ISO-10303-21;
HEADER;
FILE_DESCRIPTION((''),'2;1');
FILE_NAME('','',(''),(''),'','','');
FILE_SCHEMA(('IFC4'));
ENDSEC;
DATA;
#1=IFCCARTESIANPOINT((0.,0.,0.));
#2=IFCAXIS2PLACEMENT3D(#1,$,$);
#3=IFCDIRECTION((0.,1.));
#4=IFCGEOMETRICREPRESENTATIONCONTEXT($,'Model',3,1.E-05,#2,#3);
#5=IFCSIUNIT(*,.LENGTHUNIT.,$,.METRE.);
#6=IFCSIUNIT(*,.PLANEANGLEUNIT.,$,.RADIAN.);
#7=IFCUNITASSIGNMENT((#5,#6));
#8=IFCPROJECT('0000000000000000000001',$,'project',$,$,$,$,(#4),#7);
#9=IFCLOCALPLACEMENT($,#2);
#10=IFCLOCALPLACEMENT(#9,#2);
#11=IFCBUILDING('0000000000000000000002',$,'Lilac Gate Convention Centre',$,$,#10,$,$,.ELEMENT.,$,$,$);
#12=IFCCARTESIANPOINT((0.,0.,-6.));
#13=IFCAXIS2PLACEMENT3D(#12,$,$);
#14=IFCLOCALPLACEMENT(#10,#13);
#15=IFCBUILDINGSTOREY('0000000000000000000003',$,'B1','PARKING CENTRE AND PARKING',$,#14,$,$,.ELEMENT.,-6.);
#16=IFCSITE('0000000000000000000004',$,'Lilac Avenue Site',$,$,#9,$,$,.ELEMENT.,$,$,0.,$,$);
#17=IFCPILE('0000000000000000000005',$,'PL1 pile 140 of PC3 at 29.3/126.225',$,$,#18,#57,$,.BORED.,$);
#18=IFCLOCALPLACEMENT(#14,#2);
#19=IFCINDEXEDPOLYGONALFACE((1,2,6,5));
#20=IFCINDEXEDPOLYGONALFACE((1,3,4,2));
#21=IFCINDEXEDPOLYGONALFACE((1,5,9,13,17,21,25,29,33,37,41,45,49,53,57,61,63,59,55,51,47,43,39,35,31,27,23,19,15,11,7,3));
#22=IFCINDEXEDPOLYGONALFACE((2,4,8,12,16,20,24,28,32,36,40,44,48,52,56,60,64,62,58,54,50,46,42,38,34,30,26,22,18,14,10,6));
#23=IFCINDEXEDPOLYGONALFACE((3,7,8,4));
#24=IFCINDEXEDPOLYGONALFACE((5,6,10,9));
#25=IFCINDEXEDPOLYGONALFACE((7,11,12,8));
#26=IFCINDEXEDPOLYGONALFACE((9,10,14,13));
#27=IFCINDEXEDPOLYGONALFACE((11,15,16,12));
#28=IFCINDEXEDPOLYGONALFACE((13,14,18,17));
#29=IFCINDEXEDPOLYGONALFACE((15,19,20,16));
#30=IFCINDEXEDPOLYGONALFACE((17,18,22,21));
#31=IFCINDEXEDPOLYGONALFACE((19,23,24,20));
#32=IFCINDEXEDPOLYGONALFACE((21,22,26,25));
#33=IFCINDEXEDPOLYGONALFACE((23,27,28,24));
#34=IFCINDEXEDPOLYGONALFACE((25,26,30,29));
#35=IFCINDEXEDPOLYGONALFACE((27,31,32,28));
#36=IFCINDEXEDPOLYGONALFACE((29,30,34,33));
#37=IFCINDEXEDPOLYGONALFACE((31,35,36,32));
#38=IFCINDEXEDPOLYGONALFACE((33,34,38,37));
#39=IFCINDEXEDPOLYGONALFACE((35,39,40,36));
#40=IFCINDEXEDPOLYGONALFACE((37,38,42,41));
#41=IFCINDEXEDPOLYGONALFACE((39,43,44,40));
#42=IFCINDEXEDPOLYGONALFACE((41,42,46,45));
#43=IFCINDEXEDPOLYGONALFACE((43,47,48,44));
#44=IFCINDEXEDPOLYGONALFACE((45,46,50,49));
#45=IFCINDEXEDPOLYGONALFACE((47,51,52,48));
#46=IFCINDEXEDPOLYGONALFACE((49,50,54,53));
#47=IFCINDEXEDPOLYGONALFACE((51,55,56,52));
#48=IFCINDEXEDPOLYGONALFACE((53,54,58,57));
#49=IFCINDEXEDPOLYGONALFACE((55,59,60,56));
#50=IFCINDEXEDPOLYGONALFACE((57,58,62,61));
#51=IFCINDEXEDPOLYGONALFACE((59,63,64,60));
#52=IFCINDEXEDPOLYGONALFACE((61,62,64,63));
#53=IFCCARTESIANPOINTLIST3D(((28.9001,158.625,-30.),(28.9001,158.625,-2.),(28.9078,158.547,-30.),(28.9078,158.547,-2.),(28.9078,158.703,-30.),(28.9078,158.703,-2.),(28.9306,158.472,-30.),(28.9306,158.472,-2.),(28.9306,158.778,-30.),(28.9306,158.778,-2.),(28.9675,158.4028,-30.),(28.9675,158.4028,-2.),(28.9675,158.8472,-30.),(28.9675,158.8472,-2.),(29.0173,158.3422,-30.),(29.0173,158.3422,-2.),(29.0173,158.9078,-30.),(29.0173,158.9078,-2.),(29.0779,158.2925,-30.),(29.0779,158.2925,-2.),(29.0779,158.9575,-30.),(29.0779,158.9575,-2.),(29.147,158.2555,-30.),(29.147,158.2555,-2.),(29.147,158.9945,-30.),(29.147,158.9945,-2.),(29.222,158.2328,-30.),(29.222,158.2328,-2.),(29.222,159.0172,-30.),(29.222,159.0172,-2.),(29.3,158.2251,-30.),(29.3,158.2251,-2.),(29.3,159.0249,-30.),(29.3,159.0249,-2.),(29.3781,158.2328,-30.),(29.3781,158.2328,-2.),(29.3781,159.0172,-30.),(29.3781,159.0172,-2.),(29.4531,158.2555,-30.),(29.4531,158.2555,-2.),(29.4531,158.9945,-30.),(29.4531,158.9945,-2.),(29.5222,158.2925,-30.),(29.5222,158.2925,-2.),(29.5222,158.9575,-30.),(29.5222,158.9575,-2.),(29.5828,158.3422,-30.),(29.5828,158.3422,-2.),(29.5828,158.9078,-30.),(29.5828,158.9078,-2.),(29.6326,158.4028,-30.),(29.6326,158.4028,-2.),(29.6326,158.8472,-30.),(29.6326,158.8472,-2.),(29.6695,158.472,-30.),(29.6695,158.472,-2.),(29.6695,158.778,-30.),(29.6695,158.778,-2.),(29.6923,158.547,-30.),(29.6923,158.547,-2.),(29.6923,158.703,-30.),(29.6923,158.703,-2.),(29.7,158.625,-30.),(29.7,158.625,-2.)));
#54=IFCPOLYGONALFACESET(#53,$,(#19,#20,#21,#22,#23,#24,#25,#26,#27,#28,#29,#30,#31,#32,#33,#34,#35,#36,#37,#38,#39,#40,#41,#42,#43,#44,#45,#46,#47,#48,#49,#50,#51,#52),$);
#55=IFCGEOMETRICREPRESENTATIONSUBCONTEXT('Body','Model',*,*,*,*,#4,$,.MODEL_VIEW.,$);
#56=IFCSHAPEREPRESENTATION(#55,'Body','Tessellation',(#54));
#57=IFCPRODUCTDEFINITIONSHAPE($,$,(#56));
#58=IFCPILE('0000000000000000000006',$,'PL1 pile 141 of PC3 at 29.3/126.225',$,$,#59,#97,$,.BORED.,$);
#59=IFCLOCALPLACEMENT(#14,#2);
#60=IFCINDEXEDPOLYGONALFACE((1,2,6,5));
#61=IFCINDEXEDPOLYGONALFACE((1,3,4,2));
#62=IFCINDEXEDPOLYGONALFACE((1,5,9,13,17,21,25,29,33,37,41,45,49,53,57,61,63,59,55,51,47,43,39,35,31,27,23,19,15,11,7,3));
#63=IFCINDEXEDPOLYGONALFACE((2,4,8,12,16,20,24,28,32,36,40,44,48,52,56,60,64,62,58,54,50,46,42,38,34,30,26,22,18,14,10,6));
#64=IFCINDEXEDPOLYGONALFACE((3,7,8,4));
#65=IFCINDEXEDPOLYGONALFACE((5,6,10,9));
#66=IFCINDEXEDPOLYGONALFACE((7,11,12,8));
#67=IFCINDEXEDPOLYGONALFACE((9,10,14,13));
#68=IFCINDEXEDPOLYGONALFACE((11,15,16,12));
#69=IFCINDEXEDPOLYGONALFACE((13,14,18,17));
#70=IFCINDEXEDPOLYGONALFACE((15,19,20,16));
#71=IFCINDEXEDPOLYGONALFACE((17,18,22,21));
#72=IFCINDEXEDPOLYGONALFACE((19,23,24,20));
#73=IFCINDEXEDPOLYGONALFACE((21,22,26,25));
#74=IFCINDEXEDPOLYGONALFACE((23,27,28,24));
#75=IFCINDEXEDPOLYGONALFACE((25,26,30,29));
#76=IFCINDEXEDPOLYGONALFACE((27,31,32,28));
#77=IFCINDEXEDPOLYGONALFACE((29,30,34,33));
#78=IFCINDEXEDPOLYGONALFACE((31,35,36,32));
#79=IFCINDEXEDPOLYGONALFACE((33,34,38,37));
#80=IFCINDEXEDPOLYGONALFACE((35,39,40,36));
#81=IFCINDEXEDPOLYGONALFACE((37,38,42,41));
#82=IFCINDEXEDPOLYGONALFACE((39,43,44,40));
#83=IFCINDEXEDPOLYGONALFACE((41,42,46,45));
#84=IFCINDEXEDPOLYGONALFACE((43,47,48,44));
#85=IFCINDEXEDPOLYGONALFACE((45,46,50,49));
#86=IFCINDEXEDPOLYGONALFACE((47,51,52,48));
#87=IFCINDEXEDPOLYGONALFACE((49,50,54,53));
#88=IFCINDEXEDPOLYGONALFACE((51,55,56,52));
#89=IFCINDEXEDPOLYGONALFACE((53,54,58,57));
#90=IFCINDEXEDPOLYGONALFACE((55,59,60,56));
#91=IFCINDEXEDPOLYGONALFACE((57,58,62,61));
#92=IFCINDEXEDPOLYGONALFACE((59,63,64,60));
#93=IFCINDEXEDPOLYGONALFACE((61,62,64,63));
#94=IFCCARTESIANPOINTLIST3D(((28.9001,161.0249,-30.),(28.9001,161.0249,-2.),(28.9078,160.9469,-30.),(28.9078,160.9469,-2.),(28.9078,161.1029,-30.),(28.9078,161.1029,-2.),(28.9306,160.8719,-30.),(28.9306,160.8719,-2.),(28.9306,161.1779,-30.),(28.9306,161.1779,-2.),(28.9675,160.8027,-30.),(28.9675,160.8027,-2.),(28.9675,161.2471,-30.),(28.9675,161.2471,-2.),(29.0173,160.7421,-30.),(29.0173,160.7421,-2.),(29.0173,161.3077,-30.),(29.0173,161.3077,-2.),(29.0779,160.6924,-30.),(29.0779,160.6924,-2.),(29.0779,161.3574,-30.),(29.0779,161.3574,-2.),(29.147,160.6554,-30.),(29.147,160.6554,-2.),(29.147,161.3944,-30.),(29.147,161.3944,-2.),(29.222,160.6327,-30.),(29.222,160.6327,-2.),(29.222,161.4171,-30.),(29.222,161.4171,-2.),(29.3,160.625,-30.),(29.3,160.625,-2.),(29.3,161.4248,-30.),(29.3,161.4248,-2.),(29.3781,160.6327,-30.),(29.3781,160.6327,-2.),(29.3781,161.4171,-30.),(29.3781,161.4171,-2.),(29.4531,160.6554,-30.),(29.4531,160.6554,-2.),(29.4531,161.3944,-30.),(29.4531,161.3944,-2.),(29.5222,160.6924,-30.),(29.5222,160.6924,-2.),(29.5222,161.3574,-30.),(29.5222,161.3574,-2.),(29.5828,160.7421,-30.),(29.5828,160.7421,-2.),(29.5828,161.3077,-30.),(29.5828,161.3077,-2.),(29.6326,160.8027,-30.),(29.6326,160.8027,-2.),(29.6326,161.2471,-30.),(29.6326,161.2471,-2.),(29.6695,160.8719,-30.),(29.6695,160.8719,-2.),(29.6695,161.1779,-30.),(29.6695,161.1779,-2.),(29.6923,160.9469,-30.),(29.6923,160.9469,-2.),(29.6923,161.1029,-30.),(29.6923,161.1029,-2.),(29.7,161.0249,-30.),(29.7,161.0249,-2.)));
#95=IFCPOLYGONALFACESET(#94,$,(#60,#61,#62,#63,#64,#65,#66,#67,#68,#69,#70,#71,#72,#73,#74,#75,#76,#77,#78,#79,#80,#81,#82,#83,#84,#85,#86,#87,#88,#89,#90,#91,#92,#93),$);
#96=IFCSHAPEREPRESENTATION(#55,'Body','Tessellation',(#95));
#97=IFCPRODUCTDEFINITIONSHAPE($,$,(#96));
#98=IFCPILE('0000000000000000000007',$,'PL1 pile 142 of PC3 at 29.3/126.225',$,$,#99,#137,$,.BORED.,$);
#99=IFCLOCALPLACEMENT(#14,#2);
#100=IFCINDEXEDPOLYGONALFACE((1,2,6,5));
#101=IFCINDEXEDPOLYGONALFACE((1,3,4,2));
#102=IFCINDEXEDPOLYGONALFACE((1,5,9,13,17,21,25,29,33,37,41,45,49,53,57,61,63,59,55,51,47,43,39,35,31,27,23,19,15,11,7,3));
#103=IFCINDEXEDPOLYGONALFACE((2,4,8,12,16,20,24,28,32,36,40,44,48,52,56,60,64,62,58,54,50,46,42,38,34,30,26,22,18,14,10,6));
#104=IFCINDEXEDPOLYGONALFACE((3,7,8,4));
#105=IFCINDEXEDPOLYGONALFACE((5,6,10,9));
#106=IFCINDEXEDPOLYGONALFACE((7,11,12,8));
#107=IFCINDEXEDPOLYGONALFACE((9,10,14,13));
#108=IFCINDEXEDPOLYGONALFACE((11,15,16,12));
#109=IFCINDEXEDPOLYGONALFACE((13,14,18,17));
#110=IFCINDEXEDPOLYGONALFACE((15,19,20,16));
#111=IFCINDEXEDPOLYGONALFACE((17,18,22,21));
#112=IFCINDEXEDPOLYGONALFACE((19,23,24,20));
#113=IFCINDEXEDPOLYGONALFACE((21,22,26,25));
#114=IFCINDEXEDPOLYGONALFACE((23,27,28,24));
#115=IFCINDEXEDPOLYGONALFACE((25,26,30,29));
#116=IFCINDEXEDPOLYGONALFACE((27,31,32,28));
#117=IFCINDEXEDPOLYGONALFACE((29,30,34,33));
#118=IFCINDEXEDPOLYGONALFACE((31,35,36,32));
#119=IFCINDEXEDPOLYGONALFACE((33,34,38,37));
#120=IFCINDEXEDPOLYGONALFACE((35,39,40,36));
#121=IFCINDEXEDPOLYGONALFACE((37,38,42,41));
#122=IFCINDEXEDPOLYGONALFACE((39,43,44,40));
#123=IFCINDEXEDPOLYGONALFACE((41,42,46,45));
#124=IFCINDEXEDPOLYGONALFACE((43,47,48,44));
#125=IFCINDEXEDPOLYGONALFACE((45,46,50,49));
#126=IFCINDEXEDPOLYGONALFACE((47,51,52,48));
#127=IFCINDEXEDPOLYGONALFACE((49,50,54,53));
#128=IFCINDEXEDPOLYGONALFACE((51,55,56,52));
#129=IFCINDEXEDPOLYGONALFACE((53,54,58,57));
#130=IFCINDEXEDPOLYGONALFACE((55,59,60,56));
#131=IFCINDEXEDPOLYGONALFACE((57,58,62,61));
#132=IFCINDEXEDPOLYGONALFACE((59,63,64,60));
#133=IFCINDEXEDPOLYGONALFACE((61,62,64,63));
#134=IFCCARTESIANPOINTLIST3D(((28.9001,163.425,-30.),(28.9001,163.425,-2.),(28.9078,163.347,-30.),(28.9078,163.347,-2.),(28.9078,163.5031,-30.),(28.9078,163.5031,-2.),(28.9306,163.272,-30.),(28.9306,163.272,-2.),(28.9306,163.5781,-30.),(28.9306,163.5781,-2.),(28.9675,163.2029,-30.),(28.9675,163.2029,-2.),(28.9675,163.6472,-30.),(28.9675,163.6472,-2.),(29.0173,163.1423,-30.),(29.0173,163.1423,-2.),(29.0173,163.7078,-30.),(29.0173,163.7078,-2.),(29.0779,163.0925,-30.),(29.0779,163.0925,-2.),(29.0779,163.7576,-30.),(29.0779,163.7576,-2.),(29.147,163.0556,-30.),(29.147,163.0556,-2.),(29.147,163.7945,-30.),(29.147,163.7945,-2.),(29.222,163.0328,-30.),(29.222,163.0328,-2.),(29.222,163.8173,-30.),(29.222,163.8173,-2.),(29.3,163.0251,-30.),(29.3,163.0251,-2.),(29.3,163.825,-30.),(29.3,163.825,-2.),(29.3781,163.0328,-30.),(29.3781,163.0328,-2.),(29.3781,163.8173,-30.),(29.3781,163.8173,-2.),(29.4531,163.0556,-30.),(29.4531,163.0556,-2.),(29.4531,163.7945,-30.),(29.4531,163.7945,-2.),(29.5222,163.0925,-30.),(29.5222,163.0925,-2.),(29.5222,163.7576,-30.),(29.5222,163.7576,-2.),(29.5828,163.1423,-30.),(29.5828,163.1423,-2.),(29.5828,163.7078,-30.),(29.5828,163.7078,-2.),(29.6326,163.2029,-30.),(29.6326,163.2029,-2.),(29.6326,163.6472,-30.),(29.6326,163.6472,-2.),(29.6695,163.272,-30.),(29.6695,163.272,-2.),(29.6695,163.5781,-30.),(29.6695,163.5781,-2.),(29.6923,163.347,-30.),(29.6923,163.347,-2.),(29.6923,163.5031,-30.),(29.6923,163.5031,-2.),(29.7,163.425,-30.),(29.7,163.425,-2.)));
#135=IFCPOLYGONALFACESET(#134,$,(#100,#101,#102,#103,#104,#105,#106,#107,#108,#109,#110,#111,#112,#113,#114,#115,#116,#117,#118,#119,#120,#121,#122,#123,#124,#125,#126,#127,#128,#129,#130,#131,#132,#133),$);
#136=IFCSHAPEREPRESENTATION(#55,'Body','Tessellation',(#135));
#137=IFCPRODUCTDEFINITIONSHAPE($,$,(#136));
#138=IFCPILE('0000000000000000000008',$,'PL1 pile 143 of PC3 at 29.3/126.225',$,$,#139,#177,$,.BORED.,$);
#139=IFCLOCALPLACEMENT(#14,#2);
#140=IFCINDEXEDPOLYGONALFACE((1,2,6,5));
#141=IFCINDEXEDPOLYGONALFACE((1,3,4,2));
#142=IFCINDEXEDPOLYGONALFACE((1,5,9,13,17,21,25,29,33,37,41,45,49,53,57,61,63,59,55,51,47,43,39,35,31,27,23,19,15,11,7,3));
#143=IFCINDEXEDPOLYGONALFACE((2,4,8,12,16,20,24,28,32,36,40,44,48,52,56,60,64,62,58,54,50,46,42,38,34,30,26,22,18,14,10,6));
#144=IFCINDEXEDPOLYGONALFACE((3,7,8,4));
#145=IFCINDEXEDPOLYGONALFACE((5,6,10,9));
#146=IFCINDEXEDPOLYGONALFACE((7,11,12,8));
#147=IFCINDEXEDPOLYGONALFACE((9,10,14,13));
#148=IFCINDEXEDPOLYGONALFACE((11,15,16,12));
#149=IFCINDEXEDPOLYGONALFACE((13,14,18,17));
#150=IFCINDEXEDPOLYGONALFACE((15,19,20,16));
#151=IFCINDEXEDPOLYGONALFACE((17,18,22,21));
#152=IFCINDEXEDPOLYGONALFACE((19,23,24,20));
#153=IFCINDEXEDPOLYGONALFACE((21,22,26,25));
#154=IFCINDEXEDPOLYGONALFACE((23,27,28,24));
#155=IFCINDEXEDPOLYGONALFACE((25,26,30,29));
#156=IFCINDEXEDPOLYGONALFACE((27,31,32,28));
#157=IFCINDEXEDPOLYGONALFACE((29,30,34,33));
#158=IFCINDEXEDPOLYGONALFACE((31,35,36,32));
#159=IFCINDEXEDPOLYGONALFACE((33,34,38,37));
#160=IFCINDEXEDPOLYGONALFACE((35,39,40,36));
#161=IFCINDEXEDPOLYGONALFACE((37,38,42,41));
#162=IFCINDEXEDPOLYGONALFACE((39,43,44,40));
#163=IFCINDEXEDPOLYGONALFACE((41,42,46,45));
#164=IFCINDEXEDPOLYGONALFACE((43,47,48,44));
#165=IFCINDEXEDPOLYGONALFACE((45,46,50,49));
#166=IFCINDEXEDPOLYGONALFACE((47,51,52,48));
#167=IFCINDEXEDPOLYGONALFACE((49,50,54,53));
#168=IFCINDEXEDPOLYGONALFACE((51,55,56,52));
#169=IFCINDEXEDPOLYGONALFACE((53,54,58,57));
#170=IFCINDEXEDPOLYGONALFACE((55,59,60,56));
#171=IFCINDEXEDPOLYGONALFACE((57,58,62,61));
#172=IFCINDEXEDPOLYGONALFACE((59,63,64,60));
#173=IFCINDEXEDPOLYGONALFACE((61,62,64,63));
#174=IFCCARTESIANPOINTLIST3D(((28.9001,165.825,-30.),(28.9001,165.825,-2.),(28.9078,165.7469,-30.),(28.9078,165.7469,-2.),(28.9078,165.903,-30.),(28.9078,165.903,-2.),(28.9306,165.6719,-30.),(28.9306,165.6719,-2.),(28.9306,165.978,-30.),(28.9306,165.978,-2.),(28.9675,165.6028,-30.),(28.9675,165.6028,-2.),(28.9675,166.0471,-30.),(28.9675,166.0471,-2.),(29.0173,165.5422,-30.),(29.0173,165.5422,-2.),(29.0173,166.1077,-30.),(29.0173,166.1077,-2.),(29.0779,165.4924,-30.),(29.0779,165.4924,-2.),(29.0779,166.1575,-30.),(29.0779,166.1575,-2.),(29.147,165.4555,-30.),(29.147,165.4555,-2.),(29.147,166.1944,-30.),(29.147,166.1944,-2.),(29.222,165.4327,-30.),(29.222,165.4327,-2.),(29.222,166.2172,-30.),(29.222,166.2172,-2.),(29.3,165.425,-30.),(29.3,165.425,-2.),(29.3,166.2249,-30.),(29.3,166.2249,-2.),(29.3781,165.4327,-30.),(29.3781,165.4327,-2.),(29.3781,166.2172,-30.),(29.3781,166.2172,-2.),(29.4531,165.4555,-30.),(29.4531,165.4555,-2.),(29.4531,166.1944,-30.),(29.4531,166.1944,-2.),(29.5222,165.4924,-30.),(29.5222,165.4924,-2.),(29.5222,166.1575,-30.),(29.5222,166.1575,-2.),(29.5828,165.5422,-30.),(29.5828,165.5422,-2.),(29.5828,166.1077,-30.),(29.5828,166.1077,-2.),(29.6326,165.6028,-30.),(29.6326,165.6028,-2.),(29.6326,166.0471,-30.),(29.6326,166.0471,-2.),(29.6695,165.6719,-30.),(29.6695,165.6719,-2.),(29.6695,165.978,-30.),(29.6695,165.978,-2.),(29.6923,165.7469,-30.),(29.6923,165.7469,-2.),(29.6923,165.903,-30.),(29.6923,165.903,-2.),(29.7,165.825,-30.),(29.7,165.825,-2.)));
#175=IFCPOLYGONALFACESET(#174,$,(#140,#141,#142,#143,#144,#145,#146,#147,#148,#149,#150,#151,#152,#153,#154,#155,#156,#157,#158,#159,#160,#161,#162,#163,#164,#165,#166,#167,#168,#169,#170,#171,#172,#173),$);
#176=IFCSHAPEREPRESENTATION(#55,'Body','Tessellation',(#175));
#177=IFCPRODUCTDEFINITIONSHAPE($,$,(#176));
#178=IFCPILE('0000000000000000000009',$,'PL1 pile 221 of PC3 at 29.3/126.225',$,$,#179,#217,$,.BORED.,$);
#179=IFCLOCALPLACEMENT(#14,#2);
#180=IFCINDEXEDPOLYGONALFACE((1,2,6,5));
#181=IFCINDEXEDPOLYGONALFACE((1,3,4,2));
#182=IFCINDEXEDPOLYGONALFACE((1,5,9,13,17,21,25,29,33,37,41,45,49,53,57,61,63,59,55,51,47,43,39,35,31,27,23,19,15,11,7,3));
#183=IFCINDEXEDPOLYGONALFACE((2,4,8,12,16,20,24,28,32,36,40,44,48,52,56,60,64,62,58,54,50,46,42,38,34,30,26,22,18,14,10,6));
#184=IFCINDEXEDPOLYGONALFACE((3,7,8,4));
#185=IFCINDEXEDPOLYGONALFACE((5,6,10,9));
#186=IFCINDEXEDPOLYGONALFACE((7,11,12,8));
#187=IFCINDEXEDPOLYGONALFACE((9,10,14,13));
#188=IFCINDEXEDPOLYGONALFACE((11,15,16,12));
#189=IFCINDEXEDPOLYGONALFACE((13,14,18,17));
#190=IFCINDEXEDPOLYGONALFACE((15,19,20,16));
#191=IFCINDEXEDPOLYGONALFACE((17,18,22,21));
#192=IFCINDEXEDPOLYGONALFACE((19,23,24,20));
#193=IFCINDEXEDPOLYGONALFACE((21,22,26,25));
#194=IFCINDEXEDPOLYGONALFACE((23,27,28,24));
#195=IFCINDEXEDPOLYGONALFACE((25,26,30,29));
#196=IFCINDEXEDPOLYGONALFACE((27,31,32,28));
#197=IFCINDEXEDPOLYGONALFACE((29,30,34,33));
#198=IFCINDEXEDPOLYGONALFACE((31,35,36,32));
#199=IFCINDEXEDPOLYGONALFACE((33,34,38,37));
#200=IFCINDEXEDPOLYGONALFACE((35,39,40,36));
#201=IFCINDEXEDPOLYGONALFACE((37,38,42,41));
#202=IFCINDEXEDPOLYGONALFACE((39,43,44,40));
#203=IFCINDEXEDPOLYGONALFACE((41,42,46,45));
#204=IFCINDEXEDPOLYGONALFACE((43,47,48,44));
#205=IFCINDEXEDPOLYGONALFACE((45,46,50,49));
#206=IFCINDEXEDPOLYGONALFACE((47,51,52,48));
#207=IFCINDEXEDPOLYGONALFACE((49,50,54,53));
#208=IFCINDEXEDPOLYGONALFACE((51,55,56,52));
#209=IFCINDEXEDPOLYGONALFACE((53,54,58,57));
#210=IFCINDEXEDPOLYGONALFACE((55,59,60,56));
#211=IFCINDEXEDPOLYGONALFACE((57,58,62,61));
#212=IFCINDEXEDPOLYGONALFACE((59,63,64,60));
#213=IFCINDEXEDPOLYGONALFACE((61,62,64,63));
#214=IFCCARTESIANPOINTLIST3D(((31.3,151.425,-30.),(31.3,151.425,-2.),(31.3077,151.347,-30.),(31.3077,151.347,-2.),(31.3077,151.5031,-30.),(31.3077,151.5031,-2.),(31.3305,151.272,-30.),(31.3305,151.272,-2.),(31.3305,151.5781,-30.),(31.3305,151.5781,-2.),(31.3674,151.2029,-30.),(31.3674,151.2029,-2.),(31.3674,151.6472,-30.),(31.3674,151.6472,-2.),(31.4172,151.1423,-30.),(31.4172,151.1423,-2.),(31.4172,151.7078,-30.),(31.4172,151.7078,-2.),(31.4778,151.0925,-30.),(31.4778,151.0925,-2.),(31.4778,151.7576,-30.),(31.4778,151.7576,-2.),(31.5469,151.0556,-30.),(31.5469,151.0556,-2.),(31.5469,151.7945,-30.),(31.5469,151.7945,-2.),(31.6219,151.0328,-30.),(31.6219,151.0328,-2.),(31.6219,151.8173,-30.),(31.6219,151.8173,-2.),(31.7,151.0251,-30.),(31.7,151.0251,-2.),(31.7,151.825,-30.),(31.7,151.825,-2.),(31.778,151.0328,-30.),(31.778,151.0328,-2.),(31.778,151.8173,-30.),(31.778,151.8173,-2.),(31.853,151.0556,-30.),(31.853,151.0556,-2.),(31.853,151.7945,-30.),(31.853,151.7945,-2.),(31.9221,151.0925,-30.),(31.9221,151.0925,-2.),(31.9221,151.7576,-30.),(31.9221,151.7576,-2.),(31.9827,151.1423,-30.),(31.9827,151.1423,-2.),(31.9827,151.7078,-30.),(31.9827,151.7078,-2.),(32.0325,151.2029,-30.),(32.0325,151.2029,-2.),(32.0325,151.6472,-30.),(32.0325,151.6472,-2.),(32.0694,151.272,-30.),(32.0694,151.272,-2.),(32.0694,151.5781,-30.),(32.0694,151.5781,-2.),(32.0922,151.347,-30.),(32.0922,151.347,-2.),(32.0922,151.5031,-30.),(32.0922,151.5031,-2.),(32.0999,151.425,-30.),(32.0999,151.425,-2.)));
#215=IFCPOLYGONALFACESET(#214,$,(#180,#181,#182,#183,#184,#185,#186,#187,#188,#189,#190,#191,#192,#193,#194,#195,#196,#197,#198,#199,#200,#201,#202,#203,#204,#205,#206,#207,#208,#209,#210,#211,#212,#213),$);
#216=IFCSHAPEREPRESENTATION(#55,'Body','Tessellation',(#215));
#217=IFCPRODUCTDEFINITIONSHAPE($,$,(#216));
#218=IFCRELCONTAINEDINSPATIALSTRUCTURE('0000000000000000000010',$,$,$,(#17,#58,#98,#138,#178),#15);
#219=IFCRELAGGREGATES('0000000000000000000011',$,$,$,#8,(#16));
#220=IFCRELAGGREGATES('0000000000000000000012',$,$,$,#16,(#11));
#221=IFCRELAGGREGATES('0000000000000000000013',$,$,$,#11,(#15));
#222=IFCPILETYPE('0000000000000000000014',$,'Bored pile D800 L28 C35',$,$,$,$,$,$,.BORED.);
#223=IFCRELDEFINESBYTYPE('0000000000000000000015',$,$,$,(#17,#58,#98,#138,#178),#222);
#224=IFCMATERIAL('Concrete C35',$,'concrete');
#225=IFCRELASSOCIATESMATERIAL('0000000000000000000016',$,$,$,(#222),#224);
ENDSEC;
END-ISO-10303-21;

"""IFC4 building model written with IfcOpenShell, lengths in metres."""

from ifc_helpers import new_model, si_unit, direction, frame, origin, origin_2d, place, context, subcontext, project, spatial, circle, extrude, material, material_profile, profile_set, type_object, element, save


model = new_model("IFC4")

# Units and contexts
model_context = context("Model", 3, precision=1e-05, world=origin(), true_north=direction((0.0, 1.0)))
body_context = subcontext(model_context, "Body", "Model", "MODEL_VIEW")
ifc_project = project(units=[si_unit("LENGTHUNIT", "METRE"), si_unit("PLANEANGLEUNIT", "RADIAN")], contexts=[model_context])

# Site, building, storey
site_placement = place(None, origin())
site = spatial("IfcSite", under=ifc_project, at=site_placement, Name="Lilac Avenue Site", CompositionType="ELEMENT", RefElevation=0.0)
building_placement = place(site_placement, origin())
building = spatial("IfcBuilding", under=site, at=building_placement, Name="Lilac Gate Convention Centre", CompositionType="ELEMENT")
storey_placement = place(building_placement, frame((0.0, 0.0, -6.0)))
storey = spatial("IfcBuildingStorey", under=building, at=storey_placement, Name="B1", Description="PARKING CENTRE AND PARKING", CompositionType="ELEMENT", Elevation=-6.0)

# Piles
ifc_material_1 = material(Name="Concrete C35", Category="concrete")
ifc_material_profile_1 = material_profile(ifc_material_1, circle(Radius=0.3999, at=origin_2d()), Name="D800")
ifc_profile_set_1 = profile_set([ifc_material_profile_1], Name="Concrete C35")
pile_type = type_object("IfcPileType", Name="Bored pile D800 L28 C35", PredefinedType="BORED", material=ifc_profile_set_1)
for number, where, z_axis, x_axis, name in (
    (1, (29.3, 158.625, -2.0), (0.0, 0.0, -1.0), (1.0, 0.0, 0.0), "PL1 pile 140 of PC3 at 29.3/126.225"),
    (2, (29.3, 161.0249, -2.0), (0.0, 0.0, -1.0), (1.0, 0.0, 0.0), "PL1 pile 141 of PC3 at 29.3/126.225"),
    (3, (29.3, 163.425, -2.0), (0.0, 0.0, -1.0), (1.0, 0.0, 0.0), "PL1 pile 142 of PC3 at 29.3/126.225"),
    (4, (29.3, 165.825, -2.0), (0.0, 0.0, -1.0), (1.0, 0.0, 0.0), "PL1 pile 143 of PC3 at 29.3/126.225"),
    (5, (31.7, 151.425, -2.0), (0.0, 0.0, -1.0), (1.0, 0.0, 0.0), "PL1 pile 221 of PC3 at 29.3/126.225"),
):
    element("IfcPile", number, at=place(storey_placement, frame(where, z_axis=z_axis, x_axis=x_axis)), inside=storey, type_object=pile_type, Name=name, PredefinedType="BORED", context=body_context, shape_type="SweptSolid", body=[
        extrude(circle(Radius=0.3999, at=origin_2d()), origin(), (0.0, 0.0, 1.0), 28.0),
    ])

save(model, "model.ifc")
